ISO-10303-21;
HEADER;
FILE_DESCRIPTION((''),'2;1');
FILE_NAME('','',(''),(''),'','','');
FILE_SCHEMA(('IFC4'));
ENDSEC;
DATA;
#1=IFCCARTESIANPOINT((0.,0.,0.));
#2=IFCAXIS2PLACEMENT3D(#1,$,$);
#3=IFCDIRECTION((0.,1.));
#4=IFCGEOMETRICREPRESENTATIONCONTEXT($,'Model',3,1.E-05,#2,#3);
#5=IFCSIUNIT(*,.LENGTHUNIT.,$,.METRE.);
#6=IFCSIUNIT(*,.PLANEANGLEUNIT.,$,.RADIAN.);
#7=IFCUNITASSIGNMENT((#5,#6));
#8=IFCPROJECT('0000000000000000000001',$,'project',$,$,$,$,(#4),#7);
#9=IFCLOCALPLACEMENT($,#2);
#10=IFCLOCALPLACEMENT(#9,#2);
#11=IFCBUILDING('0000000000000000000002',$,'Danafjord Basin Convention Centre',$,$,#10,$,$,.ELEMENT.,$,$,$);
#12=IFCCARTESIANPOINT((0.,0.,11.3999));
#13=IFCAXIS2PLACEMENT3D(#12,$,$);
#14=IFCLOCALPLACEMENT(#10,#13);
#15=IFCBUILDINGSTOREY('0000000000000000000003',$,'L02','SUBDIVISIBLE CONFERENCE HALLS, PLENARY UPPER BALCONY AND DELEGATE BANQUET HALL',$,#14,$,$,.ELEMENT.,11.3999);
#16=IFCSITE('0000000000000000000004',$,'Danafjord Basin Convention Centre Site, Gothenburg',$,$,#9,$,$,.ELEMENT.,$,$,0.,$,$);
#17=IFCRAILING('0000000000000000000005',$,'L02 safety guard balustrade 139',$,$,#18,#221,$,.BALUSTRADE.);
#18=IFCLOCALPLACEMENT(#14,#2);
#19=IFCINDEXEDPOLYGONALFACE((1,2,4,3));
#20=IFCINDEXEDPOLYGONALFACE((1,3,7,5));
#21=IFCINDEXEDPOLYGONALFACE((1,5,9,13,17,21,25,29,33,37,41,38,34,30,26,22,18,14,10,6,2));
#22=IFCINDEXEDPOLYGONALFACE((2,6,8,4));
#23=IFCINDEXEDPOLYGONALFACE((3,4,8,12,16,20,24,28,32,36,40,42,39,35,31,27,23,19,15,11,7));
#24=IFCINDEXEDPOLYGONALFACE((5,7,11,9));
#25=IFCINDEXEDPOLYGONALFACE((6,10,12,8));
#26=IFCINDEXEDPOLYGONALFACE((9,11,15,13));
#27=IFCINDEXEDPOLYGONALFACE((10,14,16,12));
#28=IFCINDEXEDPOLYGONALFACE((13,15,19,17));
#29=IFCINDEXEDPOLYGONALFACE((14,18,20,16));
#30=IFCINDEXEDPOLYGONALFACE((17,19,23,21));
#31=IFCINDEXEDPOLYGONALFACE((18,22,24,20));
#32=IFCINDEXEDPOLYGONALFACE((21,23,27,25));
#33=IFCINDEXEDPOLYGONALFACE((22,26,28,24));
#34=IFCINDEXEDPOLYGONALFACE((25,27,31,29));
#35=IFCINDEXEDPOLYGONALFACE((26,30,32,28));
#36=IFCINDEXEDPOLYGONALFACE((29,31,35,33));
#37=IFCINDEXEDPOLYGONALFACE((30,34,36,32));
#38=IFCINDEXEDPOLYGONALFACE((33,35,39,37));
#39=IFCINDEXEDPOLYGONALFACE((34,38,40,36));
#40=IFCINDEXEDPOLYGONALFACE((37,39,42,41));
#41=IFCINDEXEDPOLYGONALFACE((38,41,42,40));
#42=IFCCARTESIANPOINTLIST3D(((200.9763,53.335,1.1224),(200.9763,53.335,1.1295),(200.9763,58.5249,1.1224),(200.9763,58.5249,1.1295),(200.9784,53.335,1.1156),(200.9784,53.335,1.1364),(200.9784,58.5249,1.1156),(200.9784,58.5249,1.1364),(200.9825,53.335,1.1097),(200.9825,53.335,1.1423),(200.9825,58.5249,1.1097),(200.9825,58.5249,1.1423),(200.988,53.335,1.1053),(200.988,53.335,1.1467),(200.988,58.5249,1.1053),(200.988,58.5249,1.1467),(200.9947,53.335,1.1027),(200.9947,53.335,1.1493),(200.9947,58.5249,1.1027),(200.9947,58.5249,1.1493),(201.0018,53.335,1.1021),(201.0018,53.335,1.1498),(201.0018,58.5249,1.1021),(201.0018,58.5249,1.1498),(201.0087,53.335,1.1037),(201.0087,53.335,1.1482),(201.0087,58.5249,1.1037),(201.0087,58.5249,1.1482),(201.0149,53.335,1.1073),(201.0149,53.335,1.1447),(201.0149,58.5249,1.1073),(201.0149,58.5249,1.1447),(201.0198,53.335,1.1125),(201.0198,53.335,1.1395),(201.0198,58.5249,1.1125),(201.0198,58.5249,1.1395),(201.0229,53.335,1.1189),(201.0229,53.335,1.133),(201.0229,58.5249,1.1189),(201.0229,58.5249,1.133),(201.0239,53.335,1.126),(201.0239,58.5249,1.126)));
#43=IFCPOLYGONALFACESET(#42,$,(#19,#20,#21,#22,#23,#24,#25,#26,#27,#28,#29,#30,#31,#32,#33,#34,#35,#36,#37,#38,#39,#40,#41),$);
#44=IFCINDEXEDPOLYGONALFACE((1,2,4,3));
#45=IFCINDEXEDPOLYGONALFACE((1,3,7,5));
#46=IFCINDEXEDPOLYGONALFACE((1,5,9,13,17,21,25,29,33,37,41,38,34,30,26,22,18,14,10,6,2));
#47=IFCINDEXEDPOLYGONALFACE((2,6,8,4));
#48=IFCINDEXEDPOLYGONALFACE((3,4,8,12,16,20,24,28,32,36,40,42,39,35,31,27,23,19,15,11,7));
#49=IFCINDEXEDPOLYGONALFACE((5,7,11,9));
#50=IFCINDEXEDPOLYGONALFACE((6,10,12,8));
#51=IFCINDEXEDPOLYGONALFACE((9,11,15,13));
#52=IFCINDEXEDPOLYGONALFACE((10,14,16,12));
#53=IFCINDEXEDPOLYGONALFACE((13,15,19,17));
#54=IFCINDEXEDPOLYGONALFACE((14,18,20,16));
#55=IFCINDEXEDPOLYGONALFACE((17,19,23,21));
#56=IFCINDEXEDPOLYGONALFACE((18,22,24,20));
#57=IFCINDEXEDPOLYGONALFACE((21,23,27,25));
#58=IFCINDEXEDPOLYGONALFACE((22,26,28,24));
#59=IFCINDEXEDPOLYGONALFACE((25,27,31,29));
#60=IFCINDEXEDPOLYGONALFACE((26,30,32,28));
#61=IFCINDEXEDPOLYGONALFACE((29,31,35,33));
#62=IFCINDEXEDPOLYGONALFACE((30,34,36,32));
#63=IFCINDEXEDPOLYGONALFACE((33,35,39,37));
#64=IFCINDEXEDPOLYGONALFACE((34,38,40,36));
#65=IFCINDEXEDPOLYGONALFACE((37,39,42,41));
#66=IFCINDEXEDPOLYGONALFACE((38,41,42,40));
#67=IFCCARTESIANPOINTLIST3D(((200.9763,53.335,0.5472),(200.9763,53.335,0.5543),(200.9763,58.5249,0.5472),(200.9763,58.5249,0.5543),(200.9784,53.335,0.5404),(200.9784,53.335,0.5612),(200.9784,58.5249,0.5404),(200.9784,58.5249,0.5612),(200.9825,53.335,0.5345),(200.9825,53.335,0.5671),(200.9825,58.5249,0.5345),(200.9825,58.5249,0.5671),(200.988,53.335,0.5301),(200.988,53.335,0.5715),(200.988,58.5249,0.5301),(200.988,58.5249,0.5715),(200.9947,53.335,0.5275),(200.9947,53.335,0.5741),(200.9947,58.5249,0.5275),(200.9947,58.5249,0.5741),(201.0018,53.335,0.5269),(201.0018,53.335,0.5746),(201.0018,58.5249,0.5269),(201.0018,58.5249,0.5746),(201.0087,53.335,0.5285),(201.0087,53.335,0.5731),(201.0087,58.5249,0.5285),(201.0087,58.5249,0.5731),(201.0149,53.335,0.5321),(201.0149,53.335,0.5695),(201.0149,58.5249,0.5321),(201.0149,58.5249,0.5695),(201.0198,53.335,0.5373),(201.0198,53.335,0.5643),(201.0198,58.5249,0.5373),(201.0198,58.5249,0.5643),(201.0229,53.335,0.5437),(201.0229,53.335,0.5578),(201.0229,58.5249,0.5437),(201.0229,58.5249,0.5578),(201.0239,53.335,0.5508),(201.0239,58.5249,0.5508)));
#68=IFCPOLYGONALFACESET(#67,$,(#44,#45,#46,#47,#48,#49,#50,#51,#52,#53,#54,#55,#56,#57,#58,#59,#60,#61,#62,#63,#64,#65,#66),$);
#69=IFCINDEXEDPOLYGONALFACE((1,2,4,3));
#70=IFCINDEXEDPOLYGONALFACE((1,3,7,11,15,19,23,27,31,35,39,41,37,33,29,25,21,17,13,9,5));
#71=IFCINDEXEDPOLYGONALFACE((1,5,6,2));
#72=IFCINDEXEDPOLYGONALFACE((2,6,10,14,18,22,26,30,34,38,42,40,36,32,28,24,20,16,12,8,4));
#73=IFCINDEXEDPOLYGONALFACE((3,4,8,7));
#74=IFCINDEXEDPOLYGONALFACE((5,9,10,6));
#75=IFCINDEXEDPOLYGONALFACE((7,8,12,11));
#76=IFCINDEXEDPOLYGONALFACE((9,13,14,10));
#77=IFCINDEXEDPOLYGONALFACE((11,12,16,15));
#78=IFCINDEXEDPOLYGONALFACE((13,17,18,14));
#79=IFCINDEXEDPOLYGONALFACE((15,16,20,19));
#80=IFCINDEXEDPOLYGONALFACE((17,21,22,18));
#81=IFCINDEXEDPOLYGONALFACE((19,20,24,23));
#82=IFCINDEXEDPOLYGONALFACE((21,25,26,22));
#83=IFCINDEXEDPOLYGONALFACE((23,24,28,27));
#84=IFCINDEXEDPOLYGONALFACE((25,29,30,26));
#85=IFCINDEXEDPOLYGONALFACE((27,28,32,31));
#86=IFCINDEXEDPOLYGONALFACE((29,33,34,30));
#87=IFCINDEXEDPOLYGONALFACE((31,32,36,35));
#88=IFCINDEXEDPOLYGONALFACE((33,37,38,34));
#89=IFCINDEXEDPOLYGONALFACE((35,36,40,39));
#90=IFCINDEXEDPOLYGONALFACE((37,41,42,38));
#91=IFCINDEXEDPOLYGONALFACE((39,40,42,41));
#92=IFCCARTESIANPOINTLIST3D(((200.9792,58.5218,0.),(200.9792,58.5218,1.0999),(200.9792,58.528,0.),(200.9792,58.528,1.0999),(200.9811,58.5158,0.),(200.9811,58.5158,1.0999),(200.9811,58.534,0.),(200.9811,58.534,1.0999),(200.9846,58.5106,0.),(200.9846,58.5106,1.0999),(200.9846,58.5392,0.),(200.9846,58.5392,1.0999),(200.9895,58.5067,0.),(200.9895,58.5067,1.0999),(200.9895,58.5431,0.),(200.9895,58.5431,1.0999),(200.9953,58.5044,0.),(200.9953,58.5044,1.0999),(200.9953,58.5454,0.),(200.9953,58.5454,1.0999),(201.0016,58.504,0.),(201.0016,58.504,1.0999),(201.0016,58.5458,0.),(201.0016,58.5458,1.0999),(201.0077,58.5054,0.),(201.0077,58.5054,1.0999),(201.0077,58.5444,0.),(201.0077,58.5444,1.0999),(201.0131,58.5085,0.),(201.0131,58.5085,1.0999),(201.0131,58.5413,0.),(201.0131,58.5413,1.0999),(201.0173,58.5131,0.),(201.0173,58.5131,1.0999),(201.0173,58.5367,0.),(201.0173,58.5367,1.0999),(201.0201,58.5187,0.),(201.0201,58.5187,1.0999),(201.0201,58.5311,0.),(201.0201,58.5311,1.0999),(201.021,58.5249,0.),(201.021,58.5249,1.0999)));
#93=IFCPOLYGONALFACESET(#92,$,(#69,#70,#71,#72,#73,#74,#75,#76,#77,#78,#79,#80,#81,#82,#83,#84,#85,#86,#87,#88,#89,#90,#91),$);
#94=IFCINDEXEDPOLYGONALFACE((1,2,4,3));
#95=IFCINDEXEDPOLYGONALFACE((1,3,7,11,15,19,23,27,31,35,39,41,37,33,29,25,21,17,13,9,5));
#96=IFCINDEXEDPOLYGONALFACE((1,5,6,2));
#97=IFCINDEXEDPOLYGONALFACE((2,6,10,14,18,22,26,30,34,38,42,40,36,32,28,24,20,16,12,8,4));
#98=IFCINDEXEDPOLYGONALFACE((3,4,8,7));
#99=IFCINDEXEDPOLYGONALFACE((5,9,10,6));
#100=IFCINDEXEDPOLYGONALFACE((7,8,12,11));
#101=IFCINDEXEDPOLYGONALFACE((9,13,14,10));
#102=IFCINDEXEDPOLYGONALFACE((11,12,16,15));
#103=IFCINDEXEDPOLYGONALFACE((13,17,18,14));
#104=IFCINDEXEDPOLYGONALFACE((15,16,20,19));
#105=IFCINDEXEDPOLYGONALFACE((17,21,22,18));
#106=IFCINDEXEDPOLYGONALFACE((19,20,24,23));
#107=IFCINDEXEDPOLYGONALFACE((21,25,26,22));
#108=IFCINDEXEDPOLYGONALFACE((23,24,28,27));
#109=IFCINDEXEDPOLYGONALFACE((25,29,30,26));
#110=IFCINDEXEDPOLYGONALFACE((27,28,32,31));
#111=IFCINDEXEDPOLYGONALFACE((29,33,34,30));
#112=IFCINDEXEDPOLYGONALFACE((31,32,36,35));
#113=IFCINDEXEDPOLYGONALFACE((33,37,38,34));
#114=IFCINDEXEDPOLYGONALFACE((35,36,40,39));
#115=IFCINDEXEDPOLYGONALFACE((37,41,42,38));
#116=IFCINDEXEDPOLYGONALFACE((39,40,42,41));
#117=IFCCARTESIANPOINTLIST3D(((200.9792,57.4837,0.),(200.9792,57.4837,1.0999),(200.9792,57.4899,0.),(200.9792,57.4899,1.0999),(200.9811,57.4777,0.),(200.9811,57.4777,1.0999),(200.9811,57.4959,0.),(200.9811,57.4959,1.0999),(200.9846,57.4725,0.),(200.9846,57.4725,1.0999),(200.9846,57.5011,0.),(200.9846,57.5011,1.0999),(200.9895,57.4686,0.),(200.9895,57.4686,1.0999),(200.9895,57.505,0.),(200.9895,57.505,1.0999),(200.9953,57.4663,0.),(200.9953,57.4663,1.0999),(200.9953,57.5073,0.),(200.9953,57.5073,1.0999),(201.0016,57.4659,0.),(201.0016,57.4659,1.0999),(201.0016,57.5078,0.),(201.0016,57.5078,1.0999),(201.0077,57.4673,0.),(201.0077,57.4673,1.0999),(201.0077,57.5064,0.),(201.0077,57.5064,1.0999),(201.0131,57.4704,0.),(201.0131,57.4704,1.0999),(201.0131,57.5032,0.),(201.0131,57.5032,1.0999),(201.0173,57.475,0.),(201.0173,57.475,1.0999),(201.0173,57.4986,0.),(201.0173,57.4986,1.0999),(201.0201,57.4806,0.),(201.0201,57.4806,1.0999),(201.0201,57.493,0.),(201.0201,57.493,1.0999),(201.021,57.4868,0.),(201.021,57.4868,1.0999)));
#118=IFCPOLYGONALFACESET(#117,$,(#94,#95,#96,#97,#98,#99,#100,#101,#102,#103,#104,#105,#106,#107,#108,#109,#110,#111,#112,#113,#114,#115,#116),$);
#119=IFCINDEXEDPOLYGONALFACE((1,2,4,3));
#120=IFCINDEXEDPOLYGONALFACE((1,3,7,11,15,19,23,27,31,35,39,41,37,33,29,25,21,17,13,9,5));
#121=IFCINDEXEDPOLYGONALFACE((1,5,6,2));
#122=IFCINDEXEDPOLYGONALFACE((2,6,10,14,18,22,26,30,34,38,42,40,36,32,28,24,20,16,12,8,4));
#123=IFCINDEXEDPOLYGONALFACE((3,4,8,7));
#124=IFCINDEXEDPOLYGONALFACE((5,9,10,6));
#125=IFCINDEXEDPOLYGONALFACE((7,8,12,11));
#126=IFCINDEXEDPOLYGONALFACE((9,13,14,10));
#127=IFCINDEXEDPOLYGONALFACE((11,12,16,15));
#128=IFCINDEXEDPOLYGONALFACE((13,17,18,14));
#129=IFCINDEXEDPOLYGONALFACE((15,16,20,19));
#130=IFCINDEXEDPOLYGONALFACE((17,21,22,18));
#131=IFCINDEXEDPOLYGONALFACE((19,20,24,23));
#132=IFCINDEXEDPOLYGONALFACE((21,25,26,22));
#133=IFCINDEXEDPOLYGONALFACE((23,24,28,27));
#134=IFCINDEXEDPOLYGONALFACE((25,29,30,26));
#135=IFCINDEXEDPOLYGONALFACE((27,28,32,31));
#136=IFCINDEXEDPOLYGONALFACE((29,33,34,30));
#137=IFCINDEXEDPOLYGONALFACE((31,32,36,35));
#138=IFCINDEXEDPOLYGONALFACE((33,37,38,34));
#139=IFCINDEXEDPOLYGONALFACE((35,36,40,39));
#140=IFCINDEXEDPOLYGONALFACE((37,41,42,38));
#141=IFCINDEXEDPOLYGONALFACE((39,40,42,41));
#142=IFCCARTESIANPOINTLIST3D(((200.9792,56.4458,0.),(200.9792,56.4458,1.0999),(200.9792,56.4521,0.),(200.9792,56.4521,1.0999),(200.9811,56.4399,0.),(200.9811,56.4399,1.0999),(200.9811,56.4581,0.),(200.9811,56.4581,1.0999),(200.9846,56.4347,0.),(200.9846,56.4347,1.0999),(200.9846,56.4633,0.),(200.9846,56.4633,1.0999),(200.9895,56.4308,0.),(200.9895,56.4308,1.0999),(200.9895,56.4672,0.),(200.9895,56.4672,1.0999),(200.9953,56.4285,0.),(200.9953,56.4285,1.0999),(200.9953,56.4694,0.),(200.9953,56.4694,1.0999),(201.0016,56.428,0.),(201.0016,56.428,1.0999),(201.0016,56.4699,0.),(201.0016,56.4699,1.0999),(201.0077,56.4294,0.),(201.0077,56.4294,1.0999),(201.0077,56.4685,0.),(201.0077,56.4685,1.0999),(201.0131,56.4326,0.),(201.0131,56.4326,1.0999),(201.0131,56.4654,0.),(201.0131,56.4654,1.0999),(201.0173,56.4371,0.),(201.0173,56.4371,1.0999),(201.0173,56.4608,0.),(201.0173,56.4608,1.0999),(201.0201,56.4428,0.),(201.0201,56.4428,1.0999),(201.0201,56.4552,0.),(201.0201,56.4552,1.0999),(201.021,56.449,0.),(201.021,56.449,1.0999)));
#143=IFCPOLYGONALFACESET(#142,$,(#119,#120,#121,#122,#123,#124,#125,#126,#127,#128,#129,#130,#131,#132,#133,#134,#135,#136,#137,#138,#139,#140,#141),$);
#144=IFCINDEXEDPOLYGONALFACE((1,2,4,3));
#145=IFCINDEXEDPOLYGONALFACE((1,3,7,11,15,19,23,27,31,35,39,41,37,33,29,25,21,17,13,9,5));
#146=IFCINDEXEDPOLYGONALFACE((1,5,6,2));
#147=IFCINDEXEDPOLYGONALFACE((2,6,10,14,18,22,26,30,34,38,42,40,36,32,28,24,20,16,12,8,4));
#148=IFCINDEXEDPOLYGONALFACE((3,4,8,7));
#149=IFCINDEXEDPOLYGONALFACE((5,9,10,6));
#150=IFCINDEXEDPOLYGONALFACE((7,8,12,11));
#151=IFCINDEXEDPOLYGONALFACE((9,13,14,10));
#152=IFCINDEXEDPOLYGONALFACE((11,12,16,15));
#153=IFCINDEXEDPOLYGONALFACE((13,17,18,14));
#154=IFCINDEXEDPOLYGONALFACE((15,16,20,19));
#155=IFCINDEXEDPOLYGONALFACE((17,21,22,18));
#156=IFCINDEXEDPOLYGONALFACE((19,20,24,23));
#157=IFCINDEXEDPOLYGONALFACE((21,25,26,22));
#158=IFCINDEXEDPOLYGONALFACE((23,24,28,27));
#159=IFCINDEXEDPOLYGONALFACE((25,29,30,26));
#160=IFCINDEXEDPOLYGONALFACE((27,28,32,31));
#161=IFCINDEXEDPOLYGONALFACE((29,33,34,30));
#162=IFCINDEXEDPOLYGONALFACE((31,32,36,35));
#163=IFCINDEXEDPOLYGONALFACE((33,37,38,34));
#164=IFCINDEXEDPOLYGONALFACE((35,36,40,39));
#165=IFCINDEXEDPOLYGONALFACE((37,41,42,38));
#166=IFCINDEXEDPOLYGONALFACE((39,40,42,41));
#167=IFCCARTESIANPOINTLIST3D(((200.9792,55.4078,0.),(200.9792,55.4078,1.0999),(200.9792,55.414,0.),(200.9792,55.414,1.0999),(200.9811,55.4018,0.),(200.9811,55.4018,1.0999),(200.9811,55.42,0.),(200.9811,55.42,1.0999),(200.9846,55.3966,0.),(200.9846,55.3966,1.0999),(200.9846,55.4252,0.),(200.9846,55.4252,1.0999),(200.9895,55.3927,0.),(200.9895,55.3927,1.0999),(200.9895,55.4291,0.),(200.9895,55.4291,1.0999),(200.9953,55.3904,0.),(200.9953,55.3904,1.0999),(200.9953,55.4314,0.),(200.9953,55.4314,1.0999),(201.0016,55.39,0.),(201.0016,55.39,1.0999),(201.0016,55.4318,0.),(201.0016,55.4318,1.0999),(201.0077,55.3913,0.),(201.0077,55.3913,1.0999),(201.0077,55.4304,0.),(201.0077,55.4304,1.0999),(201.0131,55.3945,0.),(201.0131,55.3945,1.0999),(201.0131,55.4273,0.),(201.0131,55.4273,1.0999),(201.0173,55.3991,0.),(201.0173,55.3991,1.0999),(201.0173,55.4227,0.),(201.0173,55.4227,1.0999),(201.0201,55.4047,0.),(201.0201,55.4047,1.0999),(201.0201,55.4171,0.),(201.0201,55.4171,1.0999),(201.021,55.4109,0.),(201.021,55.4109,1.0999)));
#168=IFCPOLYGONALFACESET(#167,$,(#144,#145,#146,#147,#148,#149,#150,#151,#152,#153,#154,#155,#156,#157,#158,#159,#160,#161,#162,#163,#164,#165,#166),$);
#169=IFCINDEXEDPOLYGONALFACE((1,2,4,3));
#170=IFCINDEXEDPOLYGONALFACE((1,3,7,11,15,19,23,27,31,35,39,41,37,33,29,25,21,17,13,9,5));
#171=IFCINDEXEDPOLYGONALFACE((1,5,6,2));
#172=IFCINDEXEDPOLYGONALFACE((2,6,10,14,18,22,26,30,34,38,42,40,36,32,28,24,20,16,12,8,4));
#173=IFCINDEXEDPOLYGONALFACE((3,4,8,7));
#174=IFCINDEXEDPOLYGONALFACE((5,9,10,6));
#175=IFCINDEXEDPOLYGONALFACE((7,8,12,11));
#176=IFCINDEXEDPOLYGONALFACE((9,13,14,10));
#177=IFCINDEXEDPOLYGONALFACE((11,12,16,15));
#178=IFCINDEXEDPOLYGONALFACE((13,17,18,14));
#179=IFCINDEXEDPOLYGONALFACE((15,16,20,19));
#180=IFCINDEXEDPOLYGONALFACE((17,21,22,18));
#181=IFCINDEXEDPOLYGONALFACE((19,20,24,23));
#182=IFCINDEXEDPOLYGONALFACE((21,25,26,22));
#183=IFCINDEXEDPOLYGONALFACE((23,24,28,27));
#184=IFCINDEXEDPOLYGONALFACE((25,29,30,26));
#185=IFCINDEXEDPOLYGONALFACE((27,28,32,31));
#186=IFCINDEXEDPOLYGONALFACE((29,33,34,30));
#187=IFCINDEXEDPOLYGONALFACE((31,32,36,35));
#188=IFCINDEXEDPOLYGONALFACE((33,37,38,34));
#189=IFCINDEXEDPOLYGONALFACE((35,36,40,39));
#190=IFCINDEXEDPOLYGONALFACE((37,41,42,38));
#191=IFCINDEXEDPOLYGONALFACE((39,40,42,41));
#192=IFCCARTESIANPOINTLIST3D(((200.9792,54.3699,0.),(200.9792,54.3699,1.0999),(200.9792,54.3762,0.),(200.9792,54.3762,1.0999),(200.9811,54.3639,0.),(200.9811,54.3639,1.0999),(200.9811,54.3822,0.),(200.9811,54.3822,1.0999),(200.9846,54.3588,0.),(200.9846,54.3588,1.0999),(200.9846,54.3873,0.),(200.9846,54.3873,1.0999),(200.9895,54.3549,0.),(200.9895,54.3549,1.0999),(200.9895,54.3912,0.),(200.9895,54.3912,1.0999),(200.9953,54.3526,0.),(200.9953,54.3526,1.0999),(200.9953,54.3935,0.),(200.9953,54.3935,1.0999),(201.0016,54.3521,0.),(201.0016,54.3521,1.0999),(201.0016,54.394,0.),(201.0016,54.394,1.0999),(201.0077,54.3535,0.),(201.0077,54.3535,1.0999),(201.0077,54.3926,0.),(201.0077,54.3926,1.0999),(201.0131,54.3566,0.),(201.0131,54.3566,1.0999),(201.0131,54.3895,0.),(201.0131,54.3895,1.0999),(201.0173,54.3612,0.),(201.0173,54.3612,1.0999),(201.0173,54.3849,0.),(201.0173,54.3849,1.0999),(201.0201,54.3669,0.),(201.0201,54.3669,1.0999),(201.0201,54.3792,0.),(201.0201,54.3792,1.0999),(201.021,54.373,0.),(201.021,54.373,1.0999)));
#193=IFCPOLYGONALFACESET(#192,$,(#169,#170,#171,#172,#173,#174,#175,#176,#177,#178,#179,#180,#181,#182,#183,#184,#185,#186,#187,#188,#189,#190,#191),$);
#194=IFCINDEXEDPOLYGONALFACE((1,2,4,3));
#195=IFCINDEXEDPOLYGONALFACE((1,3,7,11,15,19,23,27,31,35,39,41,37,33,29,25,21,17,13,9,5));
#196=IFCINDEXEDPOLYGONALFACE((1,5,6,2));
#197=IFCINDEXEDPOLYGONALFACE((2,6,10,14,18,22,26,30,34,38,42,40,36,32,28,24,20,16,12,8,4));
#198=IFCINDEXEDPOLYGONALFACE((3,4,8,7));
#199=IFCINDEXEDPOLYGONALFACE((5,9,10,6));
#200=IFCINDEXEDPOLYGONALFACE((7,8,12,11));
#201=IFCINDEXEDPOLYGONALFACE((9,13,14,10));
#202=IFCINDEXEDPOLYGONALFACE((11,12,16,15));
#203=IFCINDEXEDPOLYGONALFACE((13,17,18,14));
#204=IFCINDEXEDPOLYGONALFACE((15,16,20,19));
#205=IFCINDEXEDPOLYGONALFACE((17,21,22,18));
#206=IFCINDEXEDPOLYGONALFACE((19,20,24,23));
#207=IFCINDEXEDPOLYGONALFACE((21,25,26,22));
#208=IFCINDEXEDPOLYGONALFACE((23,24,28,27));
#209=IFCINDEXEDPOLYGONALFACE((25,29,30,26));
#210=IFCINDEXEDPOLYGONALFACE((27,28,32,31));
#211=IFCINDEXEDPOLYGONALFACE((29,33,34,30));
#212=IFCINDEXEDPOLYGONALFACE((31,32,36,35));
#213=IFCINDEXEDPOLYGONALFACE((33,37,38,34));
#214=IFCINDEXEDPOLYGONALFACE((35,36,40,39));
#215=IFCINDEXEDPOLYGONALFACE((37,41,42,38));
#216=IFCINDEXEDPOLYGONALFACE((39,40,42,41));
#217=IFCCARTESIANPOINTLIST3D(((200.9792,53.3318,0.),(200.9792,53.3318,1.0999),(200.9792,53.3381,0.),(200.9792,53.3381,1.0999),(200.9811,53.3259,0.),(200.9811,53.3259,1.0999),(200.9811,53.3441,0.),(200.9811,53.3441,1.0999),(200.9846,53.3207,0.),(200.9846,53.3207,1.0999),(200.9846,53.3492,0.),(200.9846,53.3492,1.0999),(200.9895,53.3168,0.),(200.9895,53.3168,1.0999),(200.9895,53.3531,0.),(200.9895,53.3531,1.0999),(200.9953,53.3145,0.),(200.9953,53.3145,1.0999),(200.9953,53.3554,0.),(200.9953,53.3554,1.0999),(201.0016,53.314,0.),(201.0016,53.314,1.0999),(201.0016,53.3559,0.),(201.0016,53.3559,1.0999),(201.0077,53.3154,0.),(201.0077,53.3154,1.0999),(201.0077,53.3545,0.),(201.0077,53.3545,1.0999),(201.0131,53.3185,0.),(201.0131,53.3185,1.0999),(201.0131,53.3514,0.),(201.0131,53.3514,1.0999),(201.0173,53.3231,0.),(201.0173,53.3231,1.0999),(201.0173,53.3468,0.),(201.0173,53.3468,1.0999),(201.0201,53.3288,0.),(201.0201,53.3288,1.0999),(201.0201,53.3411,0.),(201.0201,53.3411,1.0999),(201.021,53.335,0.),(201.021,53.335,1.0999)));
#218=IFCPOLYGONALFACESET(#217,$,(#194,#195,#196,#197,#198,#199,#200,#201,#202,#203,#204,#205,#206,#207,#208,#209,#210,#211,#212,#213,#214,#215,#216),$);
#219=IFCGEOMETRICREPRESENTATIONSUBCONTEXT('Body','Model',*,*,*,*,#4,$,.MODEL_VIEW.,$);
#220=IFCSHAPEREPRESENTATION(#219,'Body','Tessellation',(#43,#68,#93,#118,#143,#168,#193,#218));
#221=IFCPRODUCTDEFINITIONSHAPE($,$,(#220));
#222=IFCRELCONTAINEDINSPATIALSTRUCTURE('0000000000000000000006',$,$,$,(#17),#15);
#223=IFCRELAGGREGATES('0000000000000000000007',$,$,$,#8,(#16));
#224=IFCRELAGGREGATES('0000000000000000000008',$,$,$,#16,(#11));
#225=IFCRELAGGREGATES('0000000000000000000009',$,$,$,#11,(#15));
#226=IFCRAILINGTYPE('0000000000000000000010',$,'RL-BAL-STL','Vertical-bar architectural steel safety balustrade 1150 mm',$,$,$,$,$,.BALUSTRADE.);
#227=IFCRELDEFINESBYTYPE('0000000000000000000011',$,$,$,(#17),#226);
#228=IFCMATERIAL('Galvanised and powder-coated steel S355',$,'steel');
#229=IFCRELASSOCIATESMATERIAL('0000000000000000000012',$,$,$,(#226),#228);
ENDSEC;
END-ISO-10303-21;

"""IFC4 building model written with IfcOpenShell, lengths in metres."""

from ifc_helpers import new_model, si_unit, direction, frame, origin, origin_2d, place, context, subcontext, project, spatial, circle, extrude, material, type_object, element, save


model = new_model("IFC4")

# Units and contexts
model_context = context("Model", 3, precision=1e-05, world=origin(), true_north=direction((0.0, 1.0)))
body_context = subcontext(model_context, "Body", "Model", "MODEL_VIEW")
ifc_project = project(units=[si_unit("LENGTHUNIT", "METRE"), si_unit("PLANEANGLEUNIT", "RADIAN")], contexts=[model_context])

# Site, building, storey
site_placement = place(None, origin())
site = spatial("IfcSite", under=ifc_project, at=site_placement, Name="Danafjord Basin Convention Centre Site, Gothenburg", CompositionType="ELEMENT", RefElevation=0.0)
building_placement = place(site_placement, origin())
building = spatial("IfcBuilding", under=site, at=building_placement, Name="Danafjord Basin Convention Centre", CompositionType="ELEMENT")
storey_placement = place(building_placement, frame((0.0, 0.0, 11.3999)))
storey = spatial("IfcBuildingStorey", under=building, at=storey_placement, Name="L02", Description="SUBDIVISIBLE CONFERENCE HALLS, PLENARY UPPER BALCONY AND DELEGATE BANQUET HALL", CompositionType="ELEMENT", Elevation=11.3999)

# Railing
ifc_material_1 = material(Name="Galvanised and powder-coated steel S355", Category="steel")
railing_type_1 = type_object("IfcRailingType", Name="RL-BAL-STL", Description="Vertical-bar architectural steel safety balustrade 1150 mm", PredefinedType="BALUSTRADE", material=ifc_material_1)
railing_1_placement = place(storey_placement, frame((201.0, 58.5249, 0.0)))
element("IfcRailing", 1, at=railing_1_placement, inside=storey, type_object=railing_type_1, Name="L02 safety guard balustrade 139", PredefinedType="BALUSTRADE", context=body_context, shape_type="SweptSolid", body=[
    extrude(circle(Radius=0.0239, at=origin_2d()), frame((0.0, 0.0, 1.126), z_axis=(0.0, -1.0, 0.0), x_axis=(1.0, 0.0, 0.0)), (0.0, 0.0, 1.0), 5.1899),
    extrude(circle(Radius=0.0239, at=origin_2d()), frame((0.0, 0.0, 0.5508), z_axis=(0.0, -1.0, 0.0), x_axis=(1.0, 0.0, 0.0)), (0.0, 0.0, 1.0), 5.1899),
    extrude(circle(Radius=0.021, at=origin_2d()), origin(), (0.0, 0.0, 1.0), 1.0999),
    extrude(circle(Radius=0.021, at=origin_2d()), frame((0.0, -1.0381, 0.0)), (0.0, 0.0, 1.0), 1.0999),
    extrude(circle(Radius=0.021, at=origin_2d()), frame((0.0, -2.0759, 0.0)), (0.0, 0.0, 1.0), 1.0999),
    extrude(circle(Radius=0.021, at=origin_2d()), frame((0.0, -3.114, 0.0)), (0.0, 0.0, 1.0), 1.0999),
    extrude(circle(Radius=0.021, at=origin_2d()), frame((0.0, -4.1519, 0.0)), (0.0, 0.0, 1.0), 1.0999),
    extrude(circle(Radius=0.021, at=origin_2d()), frame((0.0, -5.1899, 0.0)), (0.0, 0.0, 1.0), 1.0999),
])

save(model, "model.ifc")
